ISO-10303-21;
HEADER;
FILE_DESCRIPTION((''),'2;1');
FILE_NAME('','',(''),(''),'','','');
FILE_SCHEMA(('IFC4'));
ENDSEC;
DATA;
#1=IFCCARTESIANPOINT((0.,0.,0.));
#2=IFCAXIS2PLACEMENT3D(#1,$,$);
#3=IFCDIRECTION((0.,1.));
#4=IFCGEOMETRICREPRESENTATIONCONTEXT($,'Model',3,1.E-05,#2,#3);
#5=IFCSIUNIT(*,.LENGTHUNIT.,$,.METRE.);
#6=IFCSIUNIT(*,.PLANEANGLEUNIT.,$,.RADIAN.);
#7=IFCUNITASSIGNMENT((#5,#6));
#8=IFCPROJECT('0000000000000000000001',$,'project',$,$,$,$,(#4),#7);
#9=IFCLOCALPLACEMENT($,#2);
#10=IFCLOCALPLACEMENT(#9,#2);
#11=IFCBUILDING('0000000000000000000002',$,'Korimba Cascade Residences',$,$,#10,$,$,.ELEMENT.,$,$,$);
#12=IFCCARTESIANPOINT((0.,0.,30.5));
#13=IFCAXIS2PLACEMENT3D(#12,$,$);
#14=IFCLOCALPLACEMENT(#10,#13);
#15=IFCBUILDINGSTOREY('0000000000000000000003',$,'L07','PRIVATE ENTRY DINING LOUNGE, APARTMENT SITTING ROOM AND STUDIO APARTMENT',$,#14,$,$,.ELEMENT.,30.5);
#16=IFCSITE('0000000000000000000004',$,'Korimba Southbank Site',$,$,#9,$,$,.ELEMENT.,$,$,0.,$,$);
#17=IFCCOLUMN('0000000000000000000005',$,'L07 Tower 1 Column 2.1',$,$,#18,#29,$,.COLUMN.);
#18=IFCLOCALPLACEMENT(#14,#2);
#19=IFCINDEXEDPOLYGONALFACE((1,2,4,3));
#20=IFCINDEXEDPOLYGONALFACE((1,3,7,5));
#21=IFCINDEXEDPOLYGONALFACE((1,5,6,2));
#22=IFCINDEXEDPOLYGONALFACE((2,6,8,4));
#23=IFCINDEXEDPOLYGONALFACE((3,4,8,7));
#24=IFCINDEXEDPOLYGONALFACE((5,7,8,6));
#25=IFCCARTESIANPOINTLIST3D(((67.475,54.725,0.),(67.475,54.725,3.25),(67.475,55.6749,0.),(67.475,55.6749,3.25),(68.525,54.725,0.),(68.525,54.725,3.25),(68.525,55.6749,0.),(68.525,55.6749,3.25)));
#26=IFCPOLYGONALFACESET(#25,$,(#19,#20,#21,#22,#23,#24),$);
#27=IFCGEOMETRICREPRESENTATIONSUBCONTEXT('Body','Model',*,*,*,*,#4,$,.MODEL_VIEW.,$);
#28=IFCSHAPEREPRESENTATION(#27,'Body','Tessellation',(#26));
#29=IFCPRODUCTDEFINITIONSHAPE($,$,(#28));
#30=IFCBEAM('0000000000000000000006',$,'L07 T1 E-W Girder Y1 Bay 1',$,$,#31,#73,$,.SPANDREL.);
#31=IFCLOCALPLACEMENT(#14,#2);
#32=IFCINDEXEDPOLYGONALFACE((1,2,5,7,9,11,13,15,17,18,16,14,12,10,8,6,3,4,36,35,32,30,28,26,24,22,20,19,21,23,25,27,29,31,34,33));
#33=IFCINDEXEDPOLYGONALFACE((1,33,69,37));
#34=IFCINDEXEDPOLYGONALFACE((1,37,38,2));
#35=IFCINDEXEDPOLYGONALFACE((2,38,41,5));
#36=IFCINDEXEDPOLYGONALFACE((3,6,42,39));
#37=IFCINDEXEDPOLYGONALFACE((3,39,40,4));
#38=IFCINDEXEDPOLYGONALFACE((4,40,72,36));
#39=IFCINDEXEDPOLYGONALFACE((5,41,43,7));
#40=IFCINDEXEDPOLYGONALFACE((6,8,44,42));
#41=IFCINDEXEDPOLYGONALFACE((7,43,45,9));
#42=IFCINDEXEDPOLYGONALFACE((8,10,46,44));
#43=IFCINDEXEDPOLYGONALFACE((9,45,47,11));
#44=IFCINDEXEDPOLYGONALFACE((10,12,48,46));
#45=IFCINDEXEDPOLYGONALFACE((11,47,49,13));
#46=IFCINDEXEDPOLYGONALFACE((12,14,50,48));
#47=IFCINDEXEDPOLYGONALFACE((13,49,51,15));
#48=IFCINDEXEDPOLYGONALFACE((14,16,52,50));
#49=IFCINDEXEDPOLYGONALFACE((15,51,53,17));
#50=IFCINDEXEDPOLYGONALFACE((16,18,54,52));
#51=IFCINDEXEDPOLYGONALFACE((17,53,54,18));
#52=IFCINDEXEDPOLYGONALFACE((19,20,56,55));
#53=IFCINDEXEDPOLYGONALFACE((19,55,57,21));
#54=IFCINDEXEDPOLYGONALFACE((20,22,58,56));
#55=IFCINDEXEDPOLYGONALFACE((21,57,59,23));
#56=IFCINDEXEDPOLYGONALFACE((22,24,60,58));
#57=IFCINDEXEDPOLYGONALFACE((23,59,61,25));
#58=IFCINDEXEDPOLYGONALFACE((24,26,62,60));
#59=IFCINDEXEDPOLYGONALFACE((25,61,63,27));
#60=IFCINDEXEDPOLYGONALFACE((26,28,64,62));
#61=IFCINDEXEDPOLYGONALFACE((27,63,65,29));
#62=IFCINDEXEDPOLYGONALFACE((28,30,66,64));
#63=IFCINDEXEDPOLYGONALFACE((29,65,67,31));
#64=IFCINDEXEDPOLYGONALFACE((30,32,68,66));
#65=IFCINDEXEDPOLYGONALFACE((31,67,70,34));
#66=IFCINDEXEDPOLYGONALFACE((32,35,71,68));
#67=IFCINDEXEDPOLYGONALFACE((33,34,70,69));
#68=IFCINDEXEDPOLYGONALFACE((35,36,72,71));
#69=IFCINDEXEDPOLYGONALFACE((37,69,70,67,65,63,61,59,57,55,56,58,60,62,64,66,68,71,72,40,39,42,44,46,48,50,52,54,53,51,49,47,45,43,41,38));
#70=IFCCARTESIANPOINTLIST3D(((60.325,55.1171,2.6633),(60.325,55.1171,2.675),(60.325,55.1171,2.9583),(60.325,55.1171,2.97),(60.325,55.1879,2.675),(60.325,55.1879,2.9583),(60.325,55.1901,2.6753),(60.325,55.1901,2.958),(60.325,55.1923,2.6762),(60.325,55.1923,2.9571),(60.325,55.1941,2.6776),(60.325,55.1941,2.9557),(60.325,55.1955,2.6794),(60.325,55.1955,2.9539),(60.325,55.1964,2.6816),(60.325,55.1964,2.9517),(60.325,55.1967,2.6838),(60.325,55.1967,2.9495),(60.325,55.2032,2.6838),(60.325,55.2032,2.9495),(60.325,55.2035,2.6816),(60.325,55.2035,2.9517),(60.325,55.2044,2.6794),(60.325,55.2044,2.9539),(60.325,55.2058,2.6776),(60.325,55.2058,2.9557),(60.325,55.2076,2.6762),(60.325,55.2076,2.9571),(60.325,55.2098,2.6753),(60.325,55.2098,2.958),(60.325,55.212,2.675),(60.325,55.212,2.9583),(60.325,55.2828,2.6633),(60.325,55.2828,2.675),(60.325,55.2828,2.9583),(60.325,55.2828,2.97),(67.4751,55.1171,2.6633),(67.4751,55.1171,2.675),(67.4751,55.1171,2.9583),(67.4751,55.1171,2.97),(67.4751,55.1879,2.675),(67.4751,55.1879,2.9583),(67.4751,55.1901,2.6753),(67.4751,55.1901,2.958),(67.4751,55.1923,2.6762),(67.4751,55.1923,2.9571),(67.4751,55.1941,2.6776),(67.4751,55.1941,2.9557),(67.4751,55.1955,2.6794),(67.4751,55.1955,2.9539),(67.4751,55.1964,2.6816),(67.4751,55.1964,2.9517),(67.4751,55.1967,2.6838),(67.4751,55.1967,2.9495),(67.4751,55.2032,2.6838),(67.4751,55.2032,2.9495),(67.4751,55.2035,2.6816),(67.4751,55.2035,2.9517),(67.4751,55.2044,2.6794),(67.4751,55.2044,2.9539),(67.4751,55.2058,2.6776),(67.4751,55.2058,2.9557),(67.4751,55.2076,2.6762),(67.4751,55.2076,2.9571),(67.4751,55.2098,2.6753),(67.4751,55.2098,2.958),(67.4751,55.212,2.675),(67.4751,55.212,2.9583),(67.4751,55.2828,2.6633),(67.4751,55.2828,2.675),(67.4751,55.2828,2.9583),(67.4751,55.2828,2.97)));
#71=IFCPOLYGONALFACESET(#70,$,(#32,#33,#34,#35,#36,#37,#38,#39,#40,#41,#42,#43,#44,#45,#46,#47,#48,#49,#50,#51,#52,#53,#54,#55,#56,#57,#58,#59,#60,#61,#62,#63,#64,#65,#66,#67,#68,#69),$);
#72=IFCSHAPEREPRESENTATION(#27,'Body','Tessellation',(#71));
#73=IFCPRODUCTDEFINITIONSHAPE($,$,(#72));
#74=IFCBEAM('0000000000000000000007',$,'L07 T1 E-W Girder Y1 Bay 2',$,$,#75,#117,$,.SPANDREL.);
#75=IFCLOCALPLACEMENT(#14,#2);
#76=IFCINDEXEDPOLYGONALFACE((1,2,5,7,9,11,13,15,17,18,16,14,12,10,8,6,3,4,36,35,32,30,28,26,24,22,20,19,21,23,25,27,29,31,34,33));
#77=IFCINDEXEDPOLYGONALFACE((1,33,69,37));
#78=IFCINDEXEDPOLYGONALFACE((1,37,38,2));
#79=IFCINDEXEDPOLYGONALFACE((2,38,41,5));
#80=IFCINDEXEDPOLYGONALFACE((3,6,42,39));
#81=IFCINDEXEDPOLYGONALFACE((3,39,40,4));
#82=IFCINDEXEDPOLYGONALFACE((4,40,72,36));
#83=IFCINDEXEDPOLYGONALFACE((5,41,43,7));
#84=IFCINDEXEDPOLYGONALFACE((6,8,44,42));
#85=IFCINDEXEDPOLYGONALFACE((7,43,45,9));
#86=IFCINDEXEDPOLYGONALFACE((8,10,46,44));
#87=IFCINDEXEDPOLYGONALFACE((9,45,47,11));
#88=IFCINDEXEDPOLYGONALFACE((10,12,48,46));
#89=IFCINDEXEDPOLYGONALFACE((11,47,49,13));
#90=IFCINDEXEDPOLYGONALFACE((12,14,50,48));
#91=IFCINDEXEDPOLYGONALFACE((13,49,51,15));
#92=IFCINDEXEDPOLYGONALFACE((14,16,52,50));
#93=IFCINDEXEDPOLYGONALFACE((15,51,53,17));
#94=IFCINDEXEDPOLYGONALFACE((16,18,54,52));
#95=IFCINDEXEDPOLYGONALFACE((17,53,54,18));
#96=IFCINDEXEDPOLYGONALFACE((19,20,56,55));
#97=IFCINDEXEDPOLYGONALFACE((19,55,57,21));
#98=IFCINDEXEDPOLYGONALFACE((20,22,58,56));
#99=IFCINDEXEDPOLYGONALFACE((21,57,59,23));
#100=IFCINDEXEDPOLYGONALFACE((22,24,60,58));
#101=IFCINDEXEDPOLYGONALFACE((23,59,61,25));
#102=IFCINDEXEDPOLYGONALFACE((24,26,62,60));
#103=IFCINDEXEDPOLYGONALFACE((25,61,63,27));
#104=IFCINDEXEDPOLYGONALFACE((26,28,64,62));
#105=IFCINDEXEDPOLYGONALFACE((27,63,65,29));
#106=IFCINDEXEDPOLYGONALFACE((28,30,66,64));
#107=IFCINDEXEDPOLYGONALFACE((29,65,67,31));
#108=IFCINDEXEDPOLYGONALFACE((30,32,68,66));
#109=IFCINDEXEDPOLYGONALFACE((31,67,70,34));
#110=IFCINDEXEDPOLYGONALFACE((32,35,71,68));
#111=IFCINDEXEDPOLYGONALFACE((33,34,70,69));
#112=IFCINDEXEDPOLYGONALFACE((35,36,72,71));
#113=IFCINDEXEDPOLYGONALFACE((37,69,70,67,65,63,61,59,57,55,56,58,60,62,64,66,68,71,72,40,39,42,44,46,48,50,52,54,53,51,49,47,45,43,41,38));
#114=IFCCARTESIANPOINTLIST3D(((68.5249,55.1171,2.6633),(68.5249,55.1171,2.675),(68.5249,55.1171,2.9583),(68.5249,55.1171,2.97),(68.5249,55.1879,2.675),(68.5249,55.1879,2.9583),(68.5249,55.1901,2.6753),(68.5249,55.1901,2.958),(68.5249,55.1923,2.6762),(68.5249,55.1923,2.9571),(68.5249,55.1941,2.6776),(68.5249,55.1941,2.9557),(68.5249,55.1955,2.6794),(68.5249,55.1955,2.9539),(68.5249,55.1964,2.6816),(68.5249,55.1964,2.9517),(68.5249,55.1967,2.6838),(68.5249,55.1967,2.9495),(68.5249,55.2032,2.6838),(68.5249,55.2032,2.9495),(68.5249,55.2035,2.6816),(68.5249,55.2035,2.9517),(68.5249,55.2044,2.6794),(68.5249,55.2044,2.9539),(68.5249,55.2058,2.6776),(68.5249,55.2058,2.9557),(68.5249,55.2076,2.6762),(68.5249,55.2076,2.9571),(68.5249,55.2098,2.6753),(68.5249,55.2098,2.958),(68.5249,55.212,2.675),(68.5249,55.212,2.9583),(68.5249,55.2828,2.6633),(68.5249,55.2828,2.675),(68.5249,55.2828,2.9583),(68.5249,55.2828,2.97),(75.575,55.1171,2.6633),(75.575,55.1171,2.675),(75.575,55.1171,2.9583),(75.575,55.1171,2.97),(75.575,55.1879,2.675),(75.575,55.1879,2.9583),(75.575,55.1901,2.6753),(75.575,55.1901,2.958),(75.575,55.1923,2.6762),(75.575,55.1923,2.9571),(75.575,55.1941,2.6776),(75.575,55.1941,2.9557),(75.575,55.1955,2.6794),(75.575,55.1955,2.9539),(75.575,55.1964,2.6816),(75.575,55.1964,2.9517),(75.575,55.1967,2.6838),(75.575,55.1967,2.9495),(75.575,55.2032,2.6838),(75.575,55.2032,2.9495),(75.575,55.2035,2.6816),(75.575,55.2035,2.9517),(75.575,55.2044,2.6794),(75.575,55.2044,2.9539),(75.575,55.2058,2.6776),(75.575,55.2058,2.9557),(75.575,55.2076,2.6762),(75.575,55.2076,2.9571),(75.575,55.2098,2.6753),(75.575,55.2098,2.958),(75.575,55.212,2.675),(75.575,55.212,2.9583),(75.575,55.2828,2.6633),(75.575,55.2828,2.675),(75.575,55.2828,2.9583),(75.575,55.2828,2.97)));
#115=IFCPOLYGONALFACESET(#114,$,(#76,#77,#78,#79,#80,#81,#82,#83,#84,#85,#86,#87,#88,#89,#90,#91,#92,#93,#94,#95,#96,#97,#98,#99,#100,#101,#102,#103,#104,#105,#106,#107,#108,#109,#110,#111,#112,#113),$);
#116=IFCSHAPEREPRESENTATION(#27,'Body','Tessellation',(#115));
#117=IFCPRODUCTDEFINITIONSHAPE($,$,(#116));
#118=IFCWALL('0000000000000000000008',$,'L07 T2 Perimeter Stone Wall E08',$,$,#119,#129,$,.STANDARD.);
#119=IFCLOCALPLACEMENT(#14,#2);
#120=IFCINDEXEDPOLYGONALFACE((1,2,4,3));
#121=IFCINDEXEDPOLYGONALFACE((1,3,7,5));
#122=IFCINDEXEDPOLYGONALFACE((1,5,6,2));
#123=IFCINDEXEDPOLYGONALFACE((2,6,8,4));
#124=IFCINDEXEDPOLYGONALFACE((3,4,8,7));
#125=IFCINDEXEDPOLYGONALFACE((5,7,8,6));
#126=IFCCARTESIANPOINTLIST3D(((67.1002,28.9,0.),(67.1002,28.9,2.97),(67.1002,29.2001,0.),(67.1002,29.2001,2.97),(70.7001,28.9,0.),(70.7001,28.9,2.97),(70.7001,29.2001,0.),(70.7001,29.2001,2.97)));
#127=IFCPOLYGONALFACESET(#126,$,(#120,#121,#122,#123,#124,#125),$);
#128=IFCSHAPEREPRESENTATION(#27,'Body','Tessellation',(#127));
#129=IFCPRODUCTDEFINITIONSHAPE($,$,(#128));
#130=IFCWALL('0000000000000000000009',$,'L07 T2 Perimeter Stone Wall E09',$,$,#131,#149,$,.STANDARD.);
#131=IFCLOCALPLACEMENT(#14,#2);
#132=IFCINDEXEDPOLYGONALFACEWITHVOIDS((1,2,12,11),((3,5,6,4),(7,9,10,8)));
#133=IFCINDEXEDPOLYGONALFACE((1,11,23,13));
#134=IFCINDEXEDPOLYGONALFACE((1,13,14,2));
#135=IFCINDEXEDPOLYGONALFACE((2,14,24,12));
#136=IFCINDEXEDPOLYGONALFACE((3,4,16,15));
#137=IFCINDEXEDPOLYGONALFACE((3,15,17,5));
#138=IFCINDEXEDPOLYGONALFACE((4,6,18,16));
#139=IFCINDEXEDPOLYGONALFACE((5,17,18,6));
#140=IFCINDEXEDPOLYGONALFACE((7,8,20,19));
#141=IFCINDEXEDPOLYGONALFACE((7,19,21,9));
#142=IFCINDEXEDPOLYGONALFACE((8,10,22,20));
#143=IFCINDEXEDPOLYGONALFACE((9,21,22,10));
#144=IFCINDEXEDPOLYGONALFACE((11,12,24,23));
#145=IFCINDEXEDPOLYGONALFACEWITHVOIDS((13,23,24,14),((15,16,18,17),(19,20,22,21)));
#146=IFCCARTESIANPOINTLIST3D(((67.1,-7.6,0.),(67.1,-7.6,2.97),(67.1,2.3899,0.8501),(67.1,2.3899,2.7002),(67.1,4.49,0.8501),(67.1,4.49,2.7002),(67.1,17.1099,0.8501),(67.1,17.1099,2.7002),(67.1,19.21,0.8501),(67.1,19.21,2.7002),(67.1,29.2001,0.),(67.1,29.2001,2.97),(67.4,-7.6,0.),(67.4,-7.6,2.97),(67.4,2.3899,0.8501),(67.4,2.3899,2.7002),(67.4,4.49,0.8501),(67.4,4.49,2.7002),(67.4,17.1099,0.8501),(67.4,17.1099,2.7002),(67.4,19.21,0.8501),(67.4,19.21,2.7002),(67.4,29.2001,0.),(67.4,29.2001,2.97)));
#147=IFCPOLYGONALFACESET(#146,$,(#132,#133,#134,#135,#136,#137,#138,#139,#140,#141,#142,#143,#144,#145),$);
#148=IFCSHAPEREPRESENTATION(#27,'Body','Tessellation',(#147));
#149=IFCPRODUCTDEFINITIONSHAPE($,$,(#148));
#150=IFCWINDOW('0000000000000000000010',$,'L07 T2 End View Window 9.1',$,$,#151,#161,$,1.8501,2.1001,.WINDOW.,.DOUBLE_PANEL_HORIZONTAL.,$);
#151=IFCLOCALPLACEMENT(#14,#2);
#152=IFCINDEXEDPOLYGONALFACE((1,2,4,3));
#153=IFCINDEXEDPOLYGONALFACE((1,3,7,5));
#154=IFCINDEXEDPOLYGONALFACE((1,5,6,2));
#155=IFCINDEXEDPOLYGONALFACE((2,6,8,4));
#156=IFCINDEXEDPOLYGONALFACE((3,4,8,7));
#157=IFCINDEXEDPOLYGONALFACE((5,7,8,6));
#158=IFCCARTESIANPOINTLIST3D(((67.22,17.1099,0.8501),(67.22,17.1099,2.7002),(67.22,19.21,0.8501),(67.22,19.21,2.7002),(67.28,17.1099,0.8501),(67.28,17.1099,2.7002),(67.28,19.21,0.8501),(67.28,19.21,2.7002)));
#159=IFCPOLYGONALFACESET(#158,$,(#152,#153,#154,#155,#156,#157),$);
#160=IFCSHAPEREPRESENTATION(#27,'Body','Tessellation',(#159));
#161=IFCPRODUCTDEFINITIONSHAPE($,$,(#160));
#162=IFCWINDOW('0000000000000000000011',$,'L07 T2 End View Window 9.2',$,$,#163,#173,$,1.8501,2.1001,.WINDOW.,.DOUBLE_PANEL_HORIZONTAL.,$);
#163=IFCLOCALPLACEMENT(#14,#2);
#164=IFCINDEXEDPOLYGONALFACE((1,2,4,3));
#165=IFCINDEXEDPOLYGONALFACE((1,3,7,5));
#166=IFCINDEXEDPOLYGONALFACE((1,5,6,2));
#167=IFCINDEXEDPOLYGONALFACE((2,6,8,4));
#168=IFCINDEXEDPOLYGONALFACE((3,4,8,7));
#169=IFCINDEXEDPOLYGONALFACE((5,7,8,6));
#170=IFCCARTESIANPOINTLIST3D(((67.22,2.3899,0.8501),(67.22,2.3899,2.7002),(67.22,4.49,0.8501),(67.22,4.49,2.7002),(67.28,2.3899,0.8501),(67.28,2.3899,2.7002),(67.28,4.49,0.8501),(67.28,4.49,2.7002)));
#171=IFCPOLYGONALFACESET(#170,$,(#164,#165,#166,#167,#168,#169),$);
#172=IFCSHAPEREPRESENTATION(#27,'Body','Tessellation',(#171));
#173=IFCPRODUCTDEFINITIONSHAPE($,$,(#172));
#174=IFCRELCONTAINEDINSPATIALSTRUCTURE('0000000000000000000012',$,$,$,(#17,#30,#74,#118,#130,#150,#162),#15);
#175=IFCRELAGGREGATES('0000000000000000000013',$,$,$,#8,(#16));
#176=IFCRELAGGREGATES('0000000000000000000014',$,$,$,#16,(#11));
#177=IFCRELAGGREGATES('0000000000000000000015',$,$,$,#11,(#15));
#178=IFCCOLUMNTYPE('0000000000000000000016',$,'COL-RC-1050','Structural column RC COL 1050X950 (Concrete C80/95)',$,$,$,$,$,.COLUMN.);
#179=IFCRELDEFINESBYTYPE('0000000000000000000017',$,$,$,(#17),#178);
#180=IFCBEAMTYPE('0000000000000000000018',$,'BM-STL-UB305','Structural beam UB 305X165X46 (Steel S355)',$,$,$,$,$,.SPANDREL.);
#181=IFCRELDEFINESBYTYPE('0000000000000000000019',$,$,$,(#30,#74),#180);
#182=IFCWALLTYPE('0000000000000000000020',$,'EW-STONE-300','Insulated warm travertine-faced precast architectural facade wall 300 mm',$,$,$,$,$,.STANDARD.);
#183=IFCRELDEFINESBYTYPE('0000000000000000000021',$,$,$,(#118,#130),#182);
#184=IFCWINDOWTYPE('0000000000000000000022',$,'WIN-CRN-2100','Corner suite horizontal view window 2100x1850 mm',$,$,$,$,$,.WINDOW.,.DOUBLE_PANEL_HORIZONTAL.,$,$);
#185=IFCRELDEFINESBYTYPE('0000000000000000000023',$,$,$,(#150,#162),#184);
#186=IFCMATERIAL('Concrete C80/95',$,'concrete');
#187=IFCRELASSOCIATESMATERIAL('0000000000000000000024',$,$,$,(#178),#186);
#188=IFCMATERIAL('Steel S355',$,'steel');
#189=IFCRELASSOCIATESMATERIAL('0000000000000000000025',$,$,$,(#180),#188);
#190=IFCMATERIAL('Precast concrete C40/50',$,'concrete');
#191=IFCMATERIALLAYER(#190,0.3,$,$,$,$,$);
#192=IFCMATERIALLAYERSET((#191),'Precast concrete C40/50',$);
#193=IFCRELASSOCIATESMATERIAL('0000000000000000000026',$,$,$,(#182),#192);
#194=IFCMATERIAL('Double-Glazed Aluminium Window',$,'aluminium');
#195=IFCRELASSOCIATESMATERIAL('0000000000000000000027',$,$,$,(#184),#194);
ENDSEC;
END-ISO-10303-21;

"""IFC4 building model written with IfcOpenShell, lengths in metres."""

from ifc_helpers import new_model, si_unit, direction, frame, frame_2d, origin, origin_2d, place, context, subcontext, project, spatial, rectangle, i_section, extrude, material, layer, layer_set, material_profile, profile_set, type_object, element, fill, save


model = new_model("IFC4")

# Units and contexts
model_context = context("Model", 3, precision=1e-05, world=origin(), true_north=direction((0.0, 1.0)))
body_context = subcontext(model_context, "Body", "Model", "MODEL_VIEW")
ifc_project = project(units=[si_unit("LENGTHUNIT", "METRE"), si_unit("PLANEANGLEUNIT", "RADIAN")], contexts=[model_context])

# Site, building, storey
site_placement = place(None, origin())
site = spatial("IfcSite", under=ifc_project, at=site_placement, Name="Korimba Southbank Site", CompositionType="ELEMENT", RefElevation=0.0)
building_placement = place(site_placement, origin())
building = spatial("IfcBuilding", under=site, at=building_placement, Name="Korimba Cascade Residences", CompositionType="ELEMENT")
storey_placement = place(building_placement, frame((0.0, 0.0, 30.5)))
storey = spatial("IfcBuildingStorey", under=building, at=storey_placement, Name="L07", Description="PRIVATE ENTRY DINING LOUNGE, APARTMENT SITTING ROOM AND STUDIO APARTMENT", CompositionType="ELEMENT", Elevation=30.5)

# Column
ifc_material_1 = material(Name="Concrete C80/95", Category="concrete")
ifc_material_profile_1 = material_profile(ifc_material_1, rectangle(XDim=1.05, YDim=0.95, at=origin_2d()), Name="Concrete C80/95")
ifc_profile_set_1 = profile_set([ifc_material_profile_1], Name="Concrete C80/95")
column_type = type_object("IfcColumnType", Name="COL-RC-1050", Description="Structural column RC COL 1050X950 (Concrete C80/95)", PredefinedType="COLUMN", material=ifc_profile_set_1)
column_placement = place(storey_placement, frame((68.0, 55.2, 0.0), z_axis=(0.0, 0.0, 1.0), x_axis=(1.0, 0.0, 0.0)))
element("IfcColumn", 1, at=column_placement, inside=storey, type_object=column_type, Name="L07 Tower 1 Column 2.1", PredefinedType="COLUMN", context=body_context, shape_type="SweptSolid", body=[
    extrude(rectangle(XDim=1.05, YDim=0.95, at=origin_2d()), origin(), (0.0, 0.0, 1.0), 3.25),
])

# Beams
ifc_material_2 = material(Name="Steel S355", Category="steel")
ifc_material_profile_2 = material_profile(ifc_material_2, i_section(OverallWidth=0.1658, OverallDepth=0.3066, WebThickness=0.0066, FlangeThickness=0.0117, FilletRadius=0.0088, at=origin_2d()), Name="Steel S355")
ifc_profile_set_2 = profile_set([ifc_material_profile_2], Name="Steel S355")
beam_type = type_object("IfcBeamType", Name="BM-STL-UB305", Description="Structural beam UB 305X165X46 (Steel S355)", PredefinedType="SPANDREL", material=ifc_profile_set_2)
beam_1_placement = place(storey_placement, frame((60.325, 55.2, 2.8167), z_axis=(1.0, 0.0, 0.0), x_axis=(0.0, 1.0, 0.0)))
element("IfcBeam", 2, at=beam_1_placement, inside=storey, type_object=beam_type, Name="L07 T1 E-W Girder Y1 Bay 1", PredefinedType="SPANDREL", context=body_context, shape_type="SweptSolid", body=[
    extrude(i_section(OverallWidth=0.1658, OverallDepth=0.3066, WebThickness=0.0066, FlangeThickness=0.0117, FilletRadius=0.0088, at=origin_2d()), origin(), (0.0, 0.0, 1.0), 7.1501),
])
beam_2_placement = place(storey_placement, frame((68.5249, 55.2, 2.8167), z_axis=(1.0, 0.0, 0.0), x_axis=(0.0, 1.0, 0.0)))
element("IfcBeam", 3, at=beam_2_placement, inside=storey, type_object=beam_type, Name="L07 T1 E-W Girder Y1 Bay 2", PredefinedType="SPANDREL", context=body_context, shape_type="SweptSolid", body=[
    extrude(i_section(OverallWidth=0.1658, OverallDepth=0.3066, WebThickness=0.0066, FlangeThickness=0.0117, FilletRadius=0.0088, at=origin_2d()), origin(), (0.0, 0.0, 1.0), 7.05),
])

# Wall
ifc_material_3 = material(Name="Precast concrete C40/50", Category="concrete")
ifc_layer_1 = layer(ifc_material_3, 0.3)
ifc_layer_set_1 = layer_set([ifc_layer_1], Name="Precast concrete C40/50")
wall_type_1 = type_object("IfcWallType", Name="EW-STONE-300", Description="Insulated warm travertine-faced precast architectural facade wall 300 mm", PredefinedType="STANDARD", material=ifc_layer_set_1)
wall_1_placement = place(storey_placement, frame((70.7, 29.05, 0.0), z_axis=(0.0, 0.0, 1.0), x_axis=(-1.0, 0.0, 0.0)))
element("IfcWall", 4, at=wall_1_placement, inside=storey, type_object=wall_type_1, Name="L07 T2 Perimeter Stone Wall E08", PredefinedType="STANDARD", context=body_context, shape_type="SweptSolid", body=[
    extrude(rectangle(XDim=3.5999, YDim=0.3, at=frame_2d((1.7998, 0.0))), origin(), (0.0, 0.0, 1.0), 2.97),
])

# Wall, openings, windows
wall_2_placement = place(storey_placement, frame((67.25, 29.2, 0.0), z_axis=(0.0, 0.0, 1.0), x_axis=(0.0, -1.0, 0.0)))
wall_2 = element("IfcWall", 5, at=wall_2_placement, inside=storey, type_object=wall_type_1, Name="L07 T2 Perimeter Stone Wall E09", PredefinedType="STANDARD", context=body_context, shape_type="SweptSolid", body=[
    extrude(rectangle(XDim=36.8, YDim=0.3, at=frame_2d((18.3999, 0.0))), origin(), (0.0, 0.0, 1.0), 2.97),
])
opening_1_placement = place(wall_2_placement, frame((9.99, 0.0, 0.8501)))
opening_1 = element("IfcOpeningElement", 6, at=opening_1_placement, cuts=wall_2, PredefinedType="OPENING", context=body_context, shape_type="SweptSolid", body=[
    extrude(rectangle(XDim=2.1001, YDim=1.8501, at=frame_2d((1.05, 0.925))), frame((0.0, 0.1602, 0.0), z_axis=(0.0, -1.0, 0.0), x_axis=(1.0, 0.0, 0.0)), (0.0, 0.0, 1.0), 0.3201),
])
opening_2_placement = place(wall_2_placement, frame((24.71, 0.0, 0.8501)))
opening_2 = element("IfcOpeningElement", 7, at=opening_2_placement, cuts=wall_2, PredefinedType="OPENING", context=body_context, shape_type="SweptSolid", body=[
    extrude(rectangle(XDim=2.1001, YDim=1.8501, at=frame_2d((1.05, 0.925))), frame((0.0, 0.1602, 0.0), z_axis=(0.0, -1.0, 0.0), x_axis=(1.0, 0.0, 0.0)), (0.0, 0.0, 1.0), 0.3201),
])
ifc_material_4 = material(Name="Double-Glazed Aluminium Window", Category="aluminium")
window_type = type_object("IfcWindowType", Name="WIN-CRN-2100", Description="Corner suite horizontal view window 2100x1850 mm", PartitioningType="DOUBLE_PANEL_HORIZONTAL", PredefinedType="WINDOW", material=ifc_material_4)
window_1_placement = place(opening_1_placement, origin())
window_1 = element("IfcWindow", 8, at=window_1_placement, inside=storey, type_object=window_type, Name="L07 T2 End View Window 9.1", OverallHeight=1.8501, OverallWidth=2.1001, PartitioningType="DOUBLE_PANEL_HORIZONTAL", PredefinedType="WINDOW", context=body_context, shape_type="SweptSolid", body=[
    extrude(rectangle(XDim=2.1001, YDim=1.8501, at=frame_2d((1.05, 0.925))), frame((0.0, 0.03, 0.0), z_axis=(0.0, -1.0, 0.0), x_axis=(1.0, 0.0, 0.0)), (0.0, 0.0, 1.0), 0.0601),
])
fill(opening_1, window_1)
window_2_placement = place(opening_2_placement, origin())
window_2 = element("IfcWindow", 9, at=window_2_placement, inside=storey, type_object=window_type, Name="L07 T2 End View Window 9.2", OverallHeight=1.8501, OverallWidth=2.1001, PartitioningType="DOUBLE_PANEL_HORIZONTAL", PredefinedType="WINDOW", context=body_context, shape_type="SweptSolid", body=[
    extrude(rectangle(XDim=2.1001, YDim=1.8501, at=frame_2d((1.05, 0.925))), frame((0.0, 0.03, 0.0), z_axis=(0.0, -1.0, 0.0), x_axis=(1.0, 0.0, 0.0)), (0.0, 0.0, 1.0), 0.0601),
])
fill(opening_2, window_2)

save(model, "model.ifc")
